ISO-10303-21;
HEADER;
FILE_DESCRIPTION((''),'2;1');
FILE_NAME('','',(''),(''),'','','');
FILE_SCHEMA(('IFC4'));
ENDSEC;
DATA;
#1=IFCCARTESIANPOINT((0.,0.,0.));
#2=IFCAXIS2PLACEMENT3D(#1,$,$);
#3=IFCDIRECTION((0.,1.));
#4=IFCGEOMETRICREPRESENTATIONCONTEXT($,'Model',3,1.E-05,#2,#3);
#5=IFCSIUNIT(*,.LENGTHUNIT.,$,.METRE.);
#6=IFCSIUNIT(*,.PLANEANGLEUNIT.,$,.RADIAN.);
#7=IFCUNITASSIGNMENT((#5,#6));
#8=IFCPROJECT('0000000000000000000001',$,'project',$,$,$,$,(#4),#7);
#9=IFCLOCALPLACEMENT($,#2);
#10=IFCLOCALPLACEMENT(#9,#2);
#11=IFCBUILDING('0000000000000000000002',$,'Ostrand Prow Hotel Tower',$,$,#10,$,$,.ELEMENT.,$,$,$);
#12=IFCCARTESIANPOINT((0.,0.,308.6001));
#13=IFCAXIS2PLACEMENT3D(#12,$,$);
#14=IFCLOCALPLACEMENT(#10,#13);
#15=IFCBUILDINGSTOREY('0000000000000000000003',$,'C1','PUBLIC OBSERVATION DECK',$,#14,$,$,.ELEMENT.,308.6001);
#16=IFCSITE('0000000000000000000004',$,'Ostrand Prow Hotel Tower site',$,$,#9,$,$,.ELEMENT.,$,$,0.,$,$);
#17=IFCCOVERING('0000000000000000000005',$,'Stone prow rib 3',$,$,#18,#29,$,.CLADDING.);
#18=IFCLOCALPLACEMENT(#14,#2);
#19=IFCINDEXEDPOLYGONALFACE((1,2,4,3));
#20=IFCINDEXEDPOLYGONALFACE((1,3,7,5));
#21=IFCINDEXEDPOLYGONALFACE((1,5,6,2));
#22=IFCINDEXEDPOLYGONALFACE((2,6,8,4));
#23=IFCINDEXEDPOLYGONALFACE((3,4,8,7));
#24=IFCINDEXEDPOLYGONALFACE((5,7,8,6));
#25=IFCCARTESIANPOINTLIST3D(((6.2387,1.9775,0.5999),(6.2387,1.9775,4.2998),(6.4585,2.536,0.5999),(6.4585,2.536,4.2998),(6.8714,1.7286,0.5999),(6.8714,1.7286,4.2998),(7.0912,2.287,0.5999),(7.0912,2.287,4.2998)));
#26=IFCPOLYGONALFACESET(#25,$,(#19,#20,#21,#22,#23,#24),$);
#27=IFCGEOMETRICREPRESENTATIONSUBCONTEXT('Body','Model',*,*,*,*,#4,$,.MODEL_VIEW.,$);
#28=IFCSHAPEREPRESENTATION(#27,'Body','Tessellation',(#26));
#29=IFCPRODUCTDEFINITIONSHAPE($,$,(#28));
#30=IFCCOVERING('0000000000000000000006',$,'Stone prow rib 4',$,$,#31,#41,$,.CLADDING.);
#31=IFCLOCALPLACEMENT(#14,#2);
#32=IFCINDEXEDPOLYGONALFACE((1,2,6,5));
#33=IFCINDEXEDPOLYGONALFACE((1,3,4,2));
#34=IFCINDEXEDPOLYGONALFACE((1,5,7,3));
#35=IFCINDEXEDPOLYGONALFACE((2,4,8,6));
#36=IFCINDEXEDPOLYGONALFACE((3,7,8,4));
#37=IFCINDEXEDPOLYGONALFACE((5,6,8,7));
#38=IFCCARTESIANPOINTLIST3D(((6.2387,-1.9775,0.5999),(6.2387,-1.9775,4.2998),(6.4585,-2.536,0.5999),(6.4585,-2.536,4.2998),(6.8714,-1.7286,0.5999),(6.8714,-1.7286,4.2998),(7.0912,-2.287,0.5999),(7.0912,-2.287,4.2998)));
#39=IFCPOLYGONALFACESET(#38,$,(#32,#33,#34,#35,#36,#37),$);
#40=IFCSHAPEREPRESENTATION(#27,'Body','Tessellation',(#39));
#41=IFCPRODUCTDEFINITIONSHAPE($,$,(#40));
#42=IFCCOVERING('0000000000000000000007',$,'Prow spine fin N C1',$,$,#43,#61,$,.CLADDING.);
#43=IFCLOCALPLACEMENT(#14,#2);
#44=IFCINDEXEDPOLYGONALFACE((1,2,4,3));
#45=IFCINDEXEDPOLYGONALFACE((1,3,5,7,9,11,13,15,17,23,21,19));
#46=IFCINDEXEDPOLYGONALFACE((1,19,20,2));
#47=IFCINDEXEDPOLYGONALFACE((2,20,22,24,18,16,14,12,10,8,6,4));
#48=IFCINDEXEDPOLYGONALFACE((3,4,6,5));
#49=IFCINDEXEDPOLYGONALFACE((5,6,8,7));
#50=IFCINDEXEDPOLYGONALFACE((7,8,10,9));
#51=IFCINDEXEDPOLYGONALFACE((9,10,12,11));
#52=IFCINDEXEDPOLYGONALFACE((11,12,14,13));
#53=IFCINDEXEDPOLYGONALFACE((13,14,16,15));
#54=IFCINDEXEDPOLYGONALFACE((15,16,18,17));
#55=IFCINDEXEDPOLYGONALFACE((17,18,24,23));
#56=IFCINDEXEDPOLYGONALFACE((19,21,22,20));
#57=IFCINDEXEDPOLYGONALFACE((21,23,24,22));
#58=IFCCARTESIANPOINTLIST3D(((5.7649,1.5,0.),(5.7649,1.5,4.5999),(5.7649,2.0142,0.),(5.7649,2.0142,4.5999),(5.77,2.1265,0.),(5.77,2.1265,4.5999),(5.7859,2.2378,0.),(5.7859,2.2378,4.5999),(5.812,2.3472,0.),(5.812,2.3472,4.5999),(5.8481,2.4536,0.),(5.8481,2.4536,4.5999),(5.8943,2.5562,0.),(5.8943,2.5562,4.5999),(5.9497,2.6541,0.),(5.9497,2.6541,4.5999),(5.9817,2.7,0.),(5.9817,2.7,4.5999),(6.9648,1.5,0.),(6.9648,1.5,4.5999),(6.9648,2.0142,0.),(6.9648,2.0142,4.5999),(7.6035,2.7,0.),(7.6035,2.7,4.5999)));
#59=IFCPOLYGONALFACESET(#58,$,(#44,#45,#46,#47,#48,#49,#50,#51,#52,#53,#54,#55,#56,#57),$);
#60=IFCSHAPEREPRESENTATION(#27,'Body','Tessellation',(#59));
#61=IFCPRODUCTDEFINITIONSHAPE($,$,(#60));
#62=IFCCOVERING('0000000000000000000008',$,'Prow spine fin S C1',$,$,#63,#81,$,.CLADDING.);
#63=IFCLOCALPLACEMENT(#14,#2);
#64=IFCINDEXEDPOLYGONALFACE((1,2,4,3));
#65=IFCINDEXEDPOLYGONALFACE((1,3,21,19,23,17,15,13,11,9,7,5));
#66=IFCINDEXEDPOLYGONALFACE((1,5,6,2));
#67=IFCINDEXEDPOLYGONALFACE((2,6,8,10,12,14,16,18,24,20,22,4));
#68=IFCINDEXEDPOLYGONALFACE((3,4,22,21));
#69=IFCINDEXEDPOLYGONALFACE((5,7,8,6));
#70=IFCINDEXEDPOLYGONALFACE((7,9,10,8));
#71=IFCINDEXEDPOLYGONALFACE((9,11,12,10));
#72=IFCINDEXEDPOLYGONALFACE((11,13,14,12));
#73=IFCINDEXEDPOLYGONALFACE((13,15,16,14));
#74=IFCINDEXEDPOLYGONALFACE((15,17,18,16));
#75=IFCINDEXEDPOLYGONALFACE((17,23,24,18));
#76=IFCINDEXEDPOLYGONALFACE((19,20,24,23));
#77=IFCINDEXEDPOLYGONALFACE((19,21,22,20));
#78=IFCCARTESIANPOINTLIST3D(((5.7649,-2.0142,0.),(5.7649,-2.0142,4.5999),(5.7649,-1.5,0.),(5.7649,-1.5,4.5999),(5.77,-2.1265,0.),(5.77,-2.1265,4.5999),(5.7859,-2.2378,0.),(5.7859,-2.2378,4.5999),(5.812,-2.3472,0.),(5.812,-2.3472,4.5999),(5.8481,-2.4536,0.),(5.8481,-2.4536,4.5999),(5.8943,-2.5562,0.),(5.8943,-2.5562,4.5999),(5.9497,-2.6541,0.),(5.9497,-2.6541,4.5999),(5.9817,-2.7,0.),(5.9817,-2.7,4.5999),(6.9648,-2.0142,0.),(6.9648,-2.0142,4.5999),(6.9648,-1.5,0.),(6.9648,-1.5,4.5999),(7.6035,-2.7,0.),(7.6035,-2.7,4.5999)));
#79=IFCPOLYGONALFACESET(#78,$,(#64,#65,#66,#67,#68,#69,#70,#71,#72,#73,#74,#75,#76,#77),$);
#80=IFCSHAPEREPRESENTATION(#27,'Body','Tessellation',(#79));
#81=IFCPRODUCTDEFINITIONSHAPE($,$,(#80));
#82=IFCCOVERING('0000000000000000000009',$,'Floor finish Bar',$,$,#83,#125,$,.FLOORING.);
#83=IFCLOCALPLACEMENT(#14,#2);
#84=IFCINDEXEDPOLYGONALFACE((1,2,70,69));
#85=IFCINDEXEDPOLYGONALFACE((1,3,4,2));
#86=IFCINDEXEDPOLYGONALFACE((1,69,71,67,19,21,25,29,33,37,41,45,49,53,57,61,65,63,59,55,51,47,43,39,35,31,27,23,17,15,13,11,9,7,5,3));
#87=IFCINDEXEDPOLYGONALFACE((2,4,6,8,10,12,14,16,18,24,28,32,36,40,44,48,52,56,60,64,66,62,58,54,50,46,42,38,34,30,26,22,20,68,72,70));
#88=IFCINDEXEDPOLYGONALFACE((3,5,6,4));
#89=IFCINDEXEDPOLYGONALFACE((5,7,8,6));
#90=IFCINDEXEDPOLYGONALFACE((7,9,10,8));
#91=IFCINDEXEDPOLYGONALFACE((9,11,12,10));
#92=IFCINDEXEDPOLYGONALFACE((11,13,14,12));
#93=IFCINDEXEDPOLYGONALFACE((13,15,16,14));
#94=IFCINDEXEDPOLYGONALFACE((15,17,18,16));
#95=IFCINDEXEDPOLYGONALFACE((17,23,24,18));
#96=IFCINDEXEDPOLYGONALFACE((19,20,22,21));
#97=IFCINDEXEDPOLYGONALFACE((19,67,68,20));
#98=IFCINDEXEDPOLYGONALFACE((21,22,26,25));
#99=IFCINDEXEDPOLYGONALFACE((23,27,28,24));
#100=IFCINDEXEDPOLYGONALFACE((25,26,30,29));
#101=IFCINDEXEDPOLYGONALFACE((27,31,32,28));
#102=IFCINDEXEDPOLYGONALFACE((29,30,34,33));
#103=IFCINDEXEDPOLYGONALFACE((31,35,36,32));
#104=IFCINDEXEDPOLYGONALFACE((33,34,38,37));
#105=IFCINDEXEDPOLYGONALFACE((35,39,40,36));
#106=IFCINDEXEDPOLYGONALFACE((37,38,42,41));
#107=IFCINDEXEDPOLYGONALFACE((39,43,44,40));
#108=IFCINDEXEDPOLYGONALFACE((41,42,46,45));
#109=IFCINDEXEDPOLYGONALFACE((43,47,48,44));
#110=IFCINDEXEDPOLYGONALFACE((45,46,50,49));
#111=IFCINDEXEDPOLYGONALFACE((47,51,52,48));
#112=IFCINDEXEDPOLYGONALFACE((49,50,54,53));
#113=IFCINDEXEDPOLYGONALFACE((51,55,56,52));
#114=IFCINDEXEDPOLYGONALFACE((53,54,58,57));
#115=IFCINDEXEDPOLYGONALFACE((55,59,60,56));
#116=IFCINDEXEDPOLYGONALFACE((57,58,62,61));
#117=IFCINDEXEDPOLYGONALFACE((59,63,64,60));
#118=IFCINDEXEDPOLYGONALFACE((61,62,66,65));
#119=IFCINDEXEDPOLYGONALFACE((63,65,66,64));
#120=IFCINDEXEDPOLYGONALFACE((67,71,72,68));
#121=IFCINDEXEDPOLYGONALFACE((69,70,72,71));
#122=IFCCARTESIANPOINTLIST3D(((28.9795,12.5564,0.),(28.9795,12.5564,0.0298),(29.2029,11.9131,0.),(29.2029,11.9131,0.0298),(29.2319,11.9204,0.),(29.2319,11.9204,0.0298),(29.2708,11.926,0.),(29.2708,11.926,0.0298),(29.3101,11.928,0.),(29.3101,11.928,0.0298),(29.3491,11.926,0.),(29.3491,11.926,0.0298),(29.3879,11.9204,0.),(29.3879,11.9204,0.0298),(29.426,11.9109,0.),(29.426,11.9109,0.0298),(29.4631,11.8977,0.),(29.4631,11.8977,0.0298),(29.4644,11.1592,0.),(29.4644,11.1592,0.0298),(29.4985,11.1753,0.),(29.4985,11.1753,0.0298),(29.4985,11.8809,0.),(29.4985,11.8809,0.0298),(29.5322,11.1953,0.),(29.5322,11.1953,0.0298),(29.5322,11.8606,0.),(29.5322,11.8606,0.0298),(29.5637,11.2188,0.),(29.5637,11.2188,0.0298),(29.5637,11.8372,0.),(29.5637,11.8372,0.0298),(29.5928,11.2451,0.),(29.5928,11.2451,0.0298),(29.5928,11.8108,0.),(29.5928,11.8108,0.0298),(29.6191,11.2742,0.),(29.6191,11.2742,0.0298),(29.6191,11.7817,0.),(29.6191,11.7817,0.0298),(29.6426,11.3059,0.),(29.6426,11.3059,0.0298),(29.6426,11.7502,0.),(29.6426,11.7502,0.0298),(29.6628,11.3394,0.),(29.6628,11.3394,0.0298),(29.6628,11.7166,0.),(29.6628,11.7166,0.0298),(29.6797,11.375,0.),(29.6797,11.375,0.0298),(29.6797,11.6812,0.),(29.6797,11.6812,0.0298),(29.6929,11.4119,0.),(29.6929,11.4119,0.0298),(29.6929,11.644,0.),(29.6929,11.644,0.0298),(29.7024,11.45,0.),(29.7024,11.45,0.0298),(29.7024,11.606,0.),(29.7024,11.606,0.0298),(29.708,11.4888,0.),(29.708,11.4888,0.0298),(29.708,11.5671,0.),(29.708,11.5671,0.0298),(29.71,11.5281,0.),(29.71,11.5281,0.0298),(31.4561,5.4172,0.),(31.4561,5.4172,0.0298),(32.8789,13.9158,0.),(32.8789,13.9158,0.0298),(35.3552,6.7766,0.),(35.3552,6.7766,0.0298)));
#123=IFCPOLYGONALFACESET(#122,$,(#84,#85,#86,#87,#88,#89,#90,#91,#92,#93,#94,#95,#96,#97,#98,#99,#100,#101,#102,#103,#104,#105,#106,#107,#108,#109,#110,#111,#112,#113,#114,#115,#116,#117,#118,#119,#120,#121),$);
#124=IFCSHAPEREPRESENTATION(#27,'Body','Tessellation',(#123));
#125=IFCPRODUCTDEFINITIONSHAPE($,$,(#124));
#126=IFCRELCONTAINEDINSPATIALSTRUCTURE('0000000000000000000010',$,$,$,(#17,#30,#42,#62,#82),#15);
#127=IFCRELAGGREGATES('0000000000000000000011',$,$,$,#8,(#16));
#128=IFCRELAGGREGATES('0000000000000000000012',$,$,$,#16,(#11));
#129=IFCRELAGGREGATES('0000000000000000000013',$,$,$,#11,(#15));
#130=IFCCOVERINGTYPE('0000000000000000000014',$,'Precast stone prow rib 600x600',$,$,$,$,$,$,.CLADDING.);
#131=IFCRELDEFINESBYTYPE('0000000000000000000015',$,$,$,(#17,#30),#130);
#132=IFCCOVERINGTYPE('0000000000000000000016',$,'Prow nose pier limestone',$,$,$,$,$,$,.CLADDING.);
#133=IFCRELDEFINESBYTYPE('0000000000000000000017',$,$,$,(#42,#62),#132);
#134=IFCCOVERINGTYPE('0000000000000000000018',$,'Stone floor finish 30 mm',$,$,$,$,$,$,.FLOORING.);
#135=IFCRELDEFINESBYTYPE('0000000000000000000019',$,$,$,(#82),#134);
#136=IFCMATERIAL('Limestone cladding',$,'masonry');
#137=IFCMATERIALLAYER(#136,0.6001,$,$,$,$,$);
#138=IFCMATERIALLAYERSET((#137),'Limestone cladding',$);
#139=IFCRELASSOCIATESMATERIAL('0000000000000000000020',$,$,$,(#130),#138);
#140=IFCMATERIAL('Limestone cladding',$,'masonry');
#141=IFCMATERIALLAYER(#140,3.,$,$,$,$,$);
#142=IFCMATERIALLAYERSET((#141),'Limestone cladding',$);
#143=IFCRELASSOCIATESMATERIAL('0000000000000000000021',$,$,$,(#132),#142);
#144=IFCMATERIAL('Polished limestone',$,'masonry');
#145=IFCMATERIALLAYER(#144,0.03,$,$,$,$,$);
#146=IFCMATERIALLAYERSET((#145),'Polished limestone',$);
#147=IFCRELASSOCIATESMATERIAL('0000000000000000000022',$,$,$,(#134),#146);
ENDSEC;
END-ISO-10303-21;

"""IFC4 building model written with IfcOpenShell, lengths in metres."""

from ifc_helpers import new_model, si_unit, direction, frame, frame_2d, origin, place, context, subcontext, project, spatial, polyline, rectangle, outline, extrude, material, layer, layer_set, type_object, element, save


model = new_model("IFC4")

# Units and contexts
model_context = context("Model", 3, precision=1e-05, world=origin(), true_north=direction((0.0, 1.0)))
body_context = subcontext(model_context, "Body", "Model", "MODEL_VIEW")
ifc_project = project(units=[si_unit("LENGTHUNIT", "METRE"), si_unit("PLANEANGLEUNIT", "RADIAN")], contexts=[model_context])

# Site, building, storey
site_placement = place(None, origin())
site = spatial("IfcSite", under=ifc_project, at=site_placement, Name="Ostrand Prow Hotel Tower site", CompositionType="ELEMENT", RefElevation=0.0)
building_placement = place(site_placement, origin())
building = spatial("IfcBuilding", under=site, at=building_placement, Name="Ostrand Prow Hotel Tower", CompositionType="ELEMENT")
storey_placement = place(building_placement, frame((0.0, 0.0, 308.6001)))
storey = spatial("IfcBuildingStorey", under=building, at=storey_placement, Name="C1", Description="PUBLIC OBSERVATION DECK", CompositionType="ELEMENT", Elevation=308.6001)

# Coverings
ifc_material_1 = material(Name="Limestone cladding", Category="masonry")
ifc_layer_1 = layer(ifc_material_1, 0.6001)
ifc_layer_set_1 = layer_set([ifc_layer_1], Name="Limestone cladding")
covering_type_1 = type_object("IfcCoveringType", Name="Precast stone prow rib 600x600", PredefinedType="CLADDING", material=ifc_layer_set_1)
for number, where, z_axis, x_axis, name in (
    (1, (6.9812, 2.0078, 0.5999), (0.0, 0.0, 1.0), (-0.930542, 0.366185, 0.0), "Stone prow rib 3"),
    (2, (6.9812, -2.0078, 0.5999), (0.0, 0.0, 1.0), (-0.930542, -0.366185, 0.0), "Stone prow rib 4"),
):
    element("IfcCovering", number, at=place(storey_placement, frame(where, z_axis=z_axis, x_axis=x_axis)), inside=storey, type_object=covering_type_1, Name=name, PredefinedType="CLADDING", context=body_context, shape_type="SweptSolid", body=[
        extrude(rectangle(XDim=0.6799, YDim=0.6001, at=frame_2d((0.3398, 0.0))), origin(), (0.0, 0.0, 1.0), 3.7),
    ])
ifc_material_2 = material(Name="Limestone cladding", Category="masonry")
ifc_layer_2 = layer(ifc_material_2, 3.0)
ifc_layer_set_2 = layer_set([ifc_layer_2], Name="Limestone cladding")
covering_type_2 = type_object("IfcCoveringType", Name="Prow nose pier limestone", PredefinedType="CLADDING", material=ifc_layer_set_2)
covering_1_placement = place(storey_placement, origin())
element("IfcCovering", 3, at=covering_1_placement, inside=storey, type_object=covering_type_2, Name="Prow spine fin N C1", PredefinedType="CLADDING", context=body_context, shape_type="SweptSolid", body=[
    extrude(outline(polyline([(5.7649, 2.0142), (5.7649, 1.5), (6.9648, 1.5), (6.9648, 2.0142), (7.6035, 2.7), (5.9817, 2.7), (5.9497, 2.6541), (5.8943, 2.5562), (5.8481, 2.4536), (5.812, 2.3472), (5.7859, 2.2378), (5.77, 2.1265), (5.7649, 2.0142)])), origin(), (0.0, 0.0, 1.0), 4.5999),
])
covering_2_placement = place(storey_placement, origin())
element("IfcCovering", 4, at=covering_2_placement, inside=storey, type_object=covering_type_2, Name="Prow spine fin S C1", PredefinedType="CLADDING", context=body_context, shape_type="SweptSolid", body=[
    extrude(outline(polyline([(5.9497, -2.6541), (5.9817, -2.7), (7.6035, -2.7), (6.9648, -2.0142), (6.9648, -1.5), (5.7649, -1.5), (5.7649, -2.0142), (5.77, -2.1265), (5.7859, -2.2378), (5.812, -2.3472), (5.8481, -2.4536), (5.8943, -2.5562), (5.9497, -2.6541)])), origin(), (0.0, 0.0, 1.0), 4.5999),
])
ifc_material_3 = material(Name="Polished limestone", Category="masonry")
ifc_layer_3 = layer(ifc_material_3, 0.03)
ifc_layer_set_3 = layer_set([ifc_layer_3], Name="Polished limestone")
covering_type_3 = type_object("IfcCoveringType", Name="Stone floor finish 30 mm", PredefinedType="FLOORING", material=ifc_layer_set_3)
covering_3_placement = place(storey_placement, origin())
element("IfcCovering", 5, at=covering_3_placement, inside=storey, type_object=covering_type_3, Name="Floor finish Bar", PredefinedType="FLOORING", context=body_context, shape_type="SweptSolid", body=[
    extrude(outline(polyline([(31.4561, 5.4172), (35.3552, 6.7766), (32.8789, 13.9158), (28.9795, 12.5564), (29.2029, 11.9131), (29.2319, 11.9204), (29.2708, 11.926), (29.3101, 11.928), (29.3491, 11.926), (29.3879, 11.9204), (29.426, 11.9109), (29.4631, 11.8977), (29.4985, 11.8809), (29.5322, 11.8606), (29.5637, 11.8372), (29.5928, 11.8108), (29.6191, 11.7817), (29.6426, 11.7502), (29.6628, 11.7166), (29.6797, 11.6812), (29.6929, 11.644), (29.7024, 11.606), (29.708, 11.5671), (29.71, 11.5281), (29.708, 11.4888), (29.7024, 11.45), (29.6929, 11.4119), (29.6797, 11.375), (29.6628, 11.3394), (29.6426, 11.3059), (29.6191, 11.2742), (29.5928, 11.2451), (29.5637, 11.2188), (29.5322, 11.1953), (29.4985, 11.1753), (29.4644, 11.1592), (31.4561, 5.4172)])), origin(), (0.0, 0.0, 1.0), 0.0298),
])

save(model, "model.ifc")
